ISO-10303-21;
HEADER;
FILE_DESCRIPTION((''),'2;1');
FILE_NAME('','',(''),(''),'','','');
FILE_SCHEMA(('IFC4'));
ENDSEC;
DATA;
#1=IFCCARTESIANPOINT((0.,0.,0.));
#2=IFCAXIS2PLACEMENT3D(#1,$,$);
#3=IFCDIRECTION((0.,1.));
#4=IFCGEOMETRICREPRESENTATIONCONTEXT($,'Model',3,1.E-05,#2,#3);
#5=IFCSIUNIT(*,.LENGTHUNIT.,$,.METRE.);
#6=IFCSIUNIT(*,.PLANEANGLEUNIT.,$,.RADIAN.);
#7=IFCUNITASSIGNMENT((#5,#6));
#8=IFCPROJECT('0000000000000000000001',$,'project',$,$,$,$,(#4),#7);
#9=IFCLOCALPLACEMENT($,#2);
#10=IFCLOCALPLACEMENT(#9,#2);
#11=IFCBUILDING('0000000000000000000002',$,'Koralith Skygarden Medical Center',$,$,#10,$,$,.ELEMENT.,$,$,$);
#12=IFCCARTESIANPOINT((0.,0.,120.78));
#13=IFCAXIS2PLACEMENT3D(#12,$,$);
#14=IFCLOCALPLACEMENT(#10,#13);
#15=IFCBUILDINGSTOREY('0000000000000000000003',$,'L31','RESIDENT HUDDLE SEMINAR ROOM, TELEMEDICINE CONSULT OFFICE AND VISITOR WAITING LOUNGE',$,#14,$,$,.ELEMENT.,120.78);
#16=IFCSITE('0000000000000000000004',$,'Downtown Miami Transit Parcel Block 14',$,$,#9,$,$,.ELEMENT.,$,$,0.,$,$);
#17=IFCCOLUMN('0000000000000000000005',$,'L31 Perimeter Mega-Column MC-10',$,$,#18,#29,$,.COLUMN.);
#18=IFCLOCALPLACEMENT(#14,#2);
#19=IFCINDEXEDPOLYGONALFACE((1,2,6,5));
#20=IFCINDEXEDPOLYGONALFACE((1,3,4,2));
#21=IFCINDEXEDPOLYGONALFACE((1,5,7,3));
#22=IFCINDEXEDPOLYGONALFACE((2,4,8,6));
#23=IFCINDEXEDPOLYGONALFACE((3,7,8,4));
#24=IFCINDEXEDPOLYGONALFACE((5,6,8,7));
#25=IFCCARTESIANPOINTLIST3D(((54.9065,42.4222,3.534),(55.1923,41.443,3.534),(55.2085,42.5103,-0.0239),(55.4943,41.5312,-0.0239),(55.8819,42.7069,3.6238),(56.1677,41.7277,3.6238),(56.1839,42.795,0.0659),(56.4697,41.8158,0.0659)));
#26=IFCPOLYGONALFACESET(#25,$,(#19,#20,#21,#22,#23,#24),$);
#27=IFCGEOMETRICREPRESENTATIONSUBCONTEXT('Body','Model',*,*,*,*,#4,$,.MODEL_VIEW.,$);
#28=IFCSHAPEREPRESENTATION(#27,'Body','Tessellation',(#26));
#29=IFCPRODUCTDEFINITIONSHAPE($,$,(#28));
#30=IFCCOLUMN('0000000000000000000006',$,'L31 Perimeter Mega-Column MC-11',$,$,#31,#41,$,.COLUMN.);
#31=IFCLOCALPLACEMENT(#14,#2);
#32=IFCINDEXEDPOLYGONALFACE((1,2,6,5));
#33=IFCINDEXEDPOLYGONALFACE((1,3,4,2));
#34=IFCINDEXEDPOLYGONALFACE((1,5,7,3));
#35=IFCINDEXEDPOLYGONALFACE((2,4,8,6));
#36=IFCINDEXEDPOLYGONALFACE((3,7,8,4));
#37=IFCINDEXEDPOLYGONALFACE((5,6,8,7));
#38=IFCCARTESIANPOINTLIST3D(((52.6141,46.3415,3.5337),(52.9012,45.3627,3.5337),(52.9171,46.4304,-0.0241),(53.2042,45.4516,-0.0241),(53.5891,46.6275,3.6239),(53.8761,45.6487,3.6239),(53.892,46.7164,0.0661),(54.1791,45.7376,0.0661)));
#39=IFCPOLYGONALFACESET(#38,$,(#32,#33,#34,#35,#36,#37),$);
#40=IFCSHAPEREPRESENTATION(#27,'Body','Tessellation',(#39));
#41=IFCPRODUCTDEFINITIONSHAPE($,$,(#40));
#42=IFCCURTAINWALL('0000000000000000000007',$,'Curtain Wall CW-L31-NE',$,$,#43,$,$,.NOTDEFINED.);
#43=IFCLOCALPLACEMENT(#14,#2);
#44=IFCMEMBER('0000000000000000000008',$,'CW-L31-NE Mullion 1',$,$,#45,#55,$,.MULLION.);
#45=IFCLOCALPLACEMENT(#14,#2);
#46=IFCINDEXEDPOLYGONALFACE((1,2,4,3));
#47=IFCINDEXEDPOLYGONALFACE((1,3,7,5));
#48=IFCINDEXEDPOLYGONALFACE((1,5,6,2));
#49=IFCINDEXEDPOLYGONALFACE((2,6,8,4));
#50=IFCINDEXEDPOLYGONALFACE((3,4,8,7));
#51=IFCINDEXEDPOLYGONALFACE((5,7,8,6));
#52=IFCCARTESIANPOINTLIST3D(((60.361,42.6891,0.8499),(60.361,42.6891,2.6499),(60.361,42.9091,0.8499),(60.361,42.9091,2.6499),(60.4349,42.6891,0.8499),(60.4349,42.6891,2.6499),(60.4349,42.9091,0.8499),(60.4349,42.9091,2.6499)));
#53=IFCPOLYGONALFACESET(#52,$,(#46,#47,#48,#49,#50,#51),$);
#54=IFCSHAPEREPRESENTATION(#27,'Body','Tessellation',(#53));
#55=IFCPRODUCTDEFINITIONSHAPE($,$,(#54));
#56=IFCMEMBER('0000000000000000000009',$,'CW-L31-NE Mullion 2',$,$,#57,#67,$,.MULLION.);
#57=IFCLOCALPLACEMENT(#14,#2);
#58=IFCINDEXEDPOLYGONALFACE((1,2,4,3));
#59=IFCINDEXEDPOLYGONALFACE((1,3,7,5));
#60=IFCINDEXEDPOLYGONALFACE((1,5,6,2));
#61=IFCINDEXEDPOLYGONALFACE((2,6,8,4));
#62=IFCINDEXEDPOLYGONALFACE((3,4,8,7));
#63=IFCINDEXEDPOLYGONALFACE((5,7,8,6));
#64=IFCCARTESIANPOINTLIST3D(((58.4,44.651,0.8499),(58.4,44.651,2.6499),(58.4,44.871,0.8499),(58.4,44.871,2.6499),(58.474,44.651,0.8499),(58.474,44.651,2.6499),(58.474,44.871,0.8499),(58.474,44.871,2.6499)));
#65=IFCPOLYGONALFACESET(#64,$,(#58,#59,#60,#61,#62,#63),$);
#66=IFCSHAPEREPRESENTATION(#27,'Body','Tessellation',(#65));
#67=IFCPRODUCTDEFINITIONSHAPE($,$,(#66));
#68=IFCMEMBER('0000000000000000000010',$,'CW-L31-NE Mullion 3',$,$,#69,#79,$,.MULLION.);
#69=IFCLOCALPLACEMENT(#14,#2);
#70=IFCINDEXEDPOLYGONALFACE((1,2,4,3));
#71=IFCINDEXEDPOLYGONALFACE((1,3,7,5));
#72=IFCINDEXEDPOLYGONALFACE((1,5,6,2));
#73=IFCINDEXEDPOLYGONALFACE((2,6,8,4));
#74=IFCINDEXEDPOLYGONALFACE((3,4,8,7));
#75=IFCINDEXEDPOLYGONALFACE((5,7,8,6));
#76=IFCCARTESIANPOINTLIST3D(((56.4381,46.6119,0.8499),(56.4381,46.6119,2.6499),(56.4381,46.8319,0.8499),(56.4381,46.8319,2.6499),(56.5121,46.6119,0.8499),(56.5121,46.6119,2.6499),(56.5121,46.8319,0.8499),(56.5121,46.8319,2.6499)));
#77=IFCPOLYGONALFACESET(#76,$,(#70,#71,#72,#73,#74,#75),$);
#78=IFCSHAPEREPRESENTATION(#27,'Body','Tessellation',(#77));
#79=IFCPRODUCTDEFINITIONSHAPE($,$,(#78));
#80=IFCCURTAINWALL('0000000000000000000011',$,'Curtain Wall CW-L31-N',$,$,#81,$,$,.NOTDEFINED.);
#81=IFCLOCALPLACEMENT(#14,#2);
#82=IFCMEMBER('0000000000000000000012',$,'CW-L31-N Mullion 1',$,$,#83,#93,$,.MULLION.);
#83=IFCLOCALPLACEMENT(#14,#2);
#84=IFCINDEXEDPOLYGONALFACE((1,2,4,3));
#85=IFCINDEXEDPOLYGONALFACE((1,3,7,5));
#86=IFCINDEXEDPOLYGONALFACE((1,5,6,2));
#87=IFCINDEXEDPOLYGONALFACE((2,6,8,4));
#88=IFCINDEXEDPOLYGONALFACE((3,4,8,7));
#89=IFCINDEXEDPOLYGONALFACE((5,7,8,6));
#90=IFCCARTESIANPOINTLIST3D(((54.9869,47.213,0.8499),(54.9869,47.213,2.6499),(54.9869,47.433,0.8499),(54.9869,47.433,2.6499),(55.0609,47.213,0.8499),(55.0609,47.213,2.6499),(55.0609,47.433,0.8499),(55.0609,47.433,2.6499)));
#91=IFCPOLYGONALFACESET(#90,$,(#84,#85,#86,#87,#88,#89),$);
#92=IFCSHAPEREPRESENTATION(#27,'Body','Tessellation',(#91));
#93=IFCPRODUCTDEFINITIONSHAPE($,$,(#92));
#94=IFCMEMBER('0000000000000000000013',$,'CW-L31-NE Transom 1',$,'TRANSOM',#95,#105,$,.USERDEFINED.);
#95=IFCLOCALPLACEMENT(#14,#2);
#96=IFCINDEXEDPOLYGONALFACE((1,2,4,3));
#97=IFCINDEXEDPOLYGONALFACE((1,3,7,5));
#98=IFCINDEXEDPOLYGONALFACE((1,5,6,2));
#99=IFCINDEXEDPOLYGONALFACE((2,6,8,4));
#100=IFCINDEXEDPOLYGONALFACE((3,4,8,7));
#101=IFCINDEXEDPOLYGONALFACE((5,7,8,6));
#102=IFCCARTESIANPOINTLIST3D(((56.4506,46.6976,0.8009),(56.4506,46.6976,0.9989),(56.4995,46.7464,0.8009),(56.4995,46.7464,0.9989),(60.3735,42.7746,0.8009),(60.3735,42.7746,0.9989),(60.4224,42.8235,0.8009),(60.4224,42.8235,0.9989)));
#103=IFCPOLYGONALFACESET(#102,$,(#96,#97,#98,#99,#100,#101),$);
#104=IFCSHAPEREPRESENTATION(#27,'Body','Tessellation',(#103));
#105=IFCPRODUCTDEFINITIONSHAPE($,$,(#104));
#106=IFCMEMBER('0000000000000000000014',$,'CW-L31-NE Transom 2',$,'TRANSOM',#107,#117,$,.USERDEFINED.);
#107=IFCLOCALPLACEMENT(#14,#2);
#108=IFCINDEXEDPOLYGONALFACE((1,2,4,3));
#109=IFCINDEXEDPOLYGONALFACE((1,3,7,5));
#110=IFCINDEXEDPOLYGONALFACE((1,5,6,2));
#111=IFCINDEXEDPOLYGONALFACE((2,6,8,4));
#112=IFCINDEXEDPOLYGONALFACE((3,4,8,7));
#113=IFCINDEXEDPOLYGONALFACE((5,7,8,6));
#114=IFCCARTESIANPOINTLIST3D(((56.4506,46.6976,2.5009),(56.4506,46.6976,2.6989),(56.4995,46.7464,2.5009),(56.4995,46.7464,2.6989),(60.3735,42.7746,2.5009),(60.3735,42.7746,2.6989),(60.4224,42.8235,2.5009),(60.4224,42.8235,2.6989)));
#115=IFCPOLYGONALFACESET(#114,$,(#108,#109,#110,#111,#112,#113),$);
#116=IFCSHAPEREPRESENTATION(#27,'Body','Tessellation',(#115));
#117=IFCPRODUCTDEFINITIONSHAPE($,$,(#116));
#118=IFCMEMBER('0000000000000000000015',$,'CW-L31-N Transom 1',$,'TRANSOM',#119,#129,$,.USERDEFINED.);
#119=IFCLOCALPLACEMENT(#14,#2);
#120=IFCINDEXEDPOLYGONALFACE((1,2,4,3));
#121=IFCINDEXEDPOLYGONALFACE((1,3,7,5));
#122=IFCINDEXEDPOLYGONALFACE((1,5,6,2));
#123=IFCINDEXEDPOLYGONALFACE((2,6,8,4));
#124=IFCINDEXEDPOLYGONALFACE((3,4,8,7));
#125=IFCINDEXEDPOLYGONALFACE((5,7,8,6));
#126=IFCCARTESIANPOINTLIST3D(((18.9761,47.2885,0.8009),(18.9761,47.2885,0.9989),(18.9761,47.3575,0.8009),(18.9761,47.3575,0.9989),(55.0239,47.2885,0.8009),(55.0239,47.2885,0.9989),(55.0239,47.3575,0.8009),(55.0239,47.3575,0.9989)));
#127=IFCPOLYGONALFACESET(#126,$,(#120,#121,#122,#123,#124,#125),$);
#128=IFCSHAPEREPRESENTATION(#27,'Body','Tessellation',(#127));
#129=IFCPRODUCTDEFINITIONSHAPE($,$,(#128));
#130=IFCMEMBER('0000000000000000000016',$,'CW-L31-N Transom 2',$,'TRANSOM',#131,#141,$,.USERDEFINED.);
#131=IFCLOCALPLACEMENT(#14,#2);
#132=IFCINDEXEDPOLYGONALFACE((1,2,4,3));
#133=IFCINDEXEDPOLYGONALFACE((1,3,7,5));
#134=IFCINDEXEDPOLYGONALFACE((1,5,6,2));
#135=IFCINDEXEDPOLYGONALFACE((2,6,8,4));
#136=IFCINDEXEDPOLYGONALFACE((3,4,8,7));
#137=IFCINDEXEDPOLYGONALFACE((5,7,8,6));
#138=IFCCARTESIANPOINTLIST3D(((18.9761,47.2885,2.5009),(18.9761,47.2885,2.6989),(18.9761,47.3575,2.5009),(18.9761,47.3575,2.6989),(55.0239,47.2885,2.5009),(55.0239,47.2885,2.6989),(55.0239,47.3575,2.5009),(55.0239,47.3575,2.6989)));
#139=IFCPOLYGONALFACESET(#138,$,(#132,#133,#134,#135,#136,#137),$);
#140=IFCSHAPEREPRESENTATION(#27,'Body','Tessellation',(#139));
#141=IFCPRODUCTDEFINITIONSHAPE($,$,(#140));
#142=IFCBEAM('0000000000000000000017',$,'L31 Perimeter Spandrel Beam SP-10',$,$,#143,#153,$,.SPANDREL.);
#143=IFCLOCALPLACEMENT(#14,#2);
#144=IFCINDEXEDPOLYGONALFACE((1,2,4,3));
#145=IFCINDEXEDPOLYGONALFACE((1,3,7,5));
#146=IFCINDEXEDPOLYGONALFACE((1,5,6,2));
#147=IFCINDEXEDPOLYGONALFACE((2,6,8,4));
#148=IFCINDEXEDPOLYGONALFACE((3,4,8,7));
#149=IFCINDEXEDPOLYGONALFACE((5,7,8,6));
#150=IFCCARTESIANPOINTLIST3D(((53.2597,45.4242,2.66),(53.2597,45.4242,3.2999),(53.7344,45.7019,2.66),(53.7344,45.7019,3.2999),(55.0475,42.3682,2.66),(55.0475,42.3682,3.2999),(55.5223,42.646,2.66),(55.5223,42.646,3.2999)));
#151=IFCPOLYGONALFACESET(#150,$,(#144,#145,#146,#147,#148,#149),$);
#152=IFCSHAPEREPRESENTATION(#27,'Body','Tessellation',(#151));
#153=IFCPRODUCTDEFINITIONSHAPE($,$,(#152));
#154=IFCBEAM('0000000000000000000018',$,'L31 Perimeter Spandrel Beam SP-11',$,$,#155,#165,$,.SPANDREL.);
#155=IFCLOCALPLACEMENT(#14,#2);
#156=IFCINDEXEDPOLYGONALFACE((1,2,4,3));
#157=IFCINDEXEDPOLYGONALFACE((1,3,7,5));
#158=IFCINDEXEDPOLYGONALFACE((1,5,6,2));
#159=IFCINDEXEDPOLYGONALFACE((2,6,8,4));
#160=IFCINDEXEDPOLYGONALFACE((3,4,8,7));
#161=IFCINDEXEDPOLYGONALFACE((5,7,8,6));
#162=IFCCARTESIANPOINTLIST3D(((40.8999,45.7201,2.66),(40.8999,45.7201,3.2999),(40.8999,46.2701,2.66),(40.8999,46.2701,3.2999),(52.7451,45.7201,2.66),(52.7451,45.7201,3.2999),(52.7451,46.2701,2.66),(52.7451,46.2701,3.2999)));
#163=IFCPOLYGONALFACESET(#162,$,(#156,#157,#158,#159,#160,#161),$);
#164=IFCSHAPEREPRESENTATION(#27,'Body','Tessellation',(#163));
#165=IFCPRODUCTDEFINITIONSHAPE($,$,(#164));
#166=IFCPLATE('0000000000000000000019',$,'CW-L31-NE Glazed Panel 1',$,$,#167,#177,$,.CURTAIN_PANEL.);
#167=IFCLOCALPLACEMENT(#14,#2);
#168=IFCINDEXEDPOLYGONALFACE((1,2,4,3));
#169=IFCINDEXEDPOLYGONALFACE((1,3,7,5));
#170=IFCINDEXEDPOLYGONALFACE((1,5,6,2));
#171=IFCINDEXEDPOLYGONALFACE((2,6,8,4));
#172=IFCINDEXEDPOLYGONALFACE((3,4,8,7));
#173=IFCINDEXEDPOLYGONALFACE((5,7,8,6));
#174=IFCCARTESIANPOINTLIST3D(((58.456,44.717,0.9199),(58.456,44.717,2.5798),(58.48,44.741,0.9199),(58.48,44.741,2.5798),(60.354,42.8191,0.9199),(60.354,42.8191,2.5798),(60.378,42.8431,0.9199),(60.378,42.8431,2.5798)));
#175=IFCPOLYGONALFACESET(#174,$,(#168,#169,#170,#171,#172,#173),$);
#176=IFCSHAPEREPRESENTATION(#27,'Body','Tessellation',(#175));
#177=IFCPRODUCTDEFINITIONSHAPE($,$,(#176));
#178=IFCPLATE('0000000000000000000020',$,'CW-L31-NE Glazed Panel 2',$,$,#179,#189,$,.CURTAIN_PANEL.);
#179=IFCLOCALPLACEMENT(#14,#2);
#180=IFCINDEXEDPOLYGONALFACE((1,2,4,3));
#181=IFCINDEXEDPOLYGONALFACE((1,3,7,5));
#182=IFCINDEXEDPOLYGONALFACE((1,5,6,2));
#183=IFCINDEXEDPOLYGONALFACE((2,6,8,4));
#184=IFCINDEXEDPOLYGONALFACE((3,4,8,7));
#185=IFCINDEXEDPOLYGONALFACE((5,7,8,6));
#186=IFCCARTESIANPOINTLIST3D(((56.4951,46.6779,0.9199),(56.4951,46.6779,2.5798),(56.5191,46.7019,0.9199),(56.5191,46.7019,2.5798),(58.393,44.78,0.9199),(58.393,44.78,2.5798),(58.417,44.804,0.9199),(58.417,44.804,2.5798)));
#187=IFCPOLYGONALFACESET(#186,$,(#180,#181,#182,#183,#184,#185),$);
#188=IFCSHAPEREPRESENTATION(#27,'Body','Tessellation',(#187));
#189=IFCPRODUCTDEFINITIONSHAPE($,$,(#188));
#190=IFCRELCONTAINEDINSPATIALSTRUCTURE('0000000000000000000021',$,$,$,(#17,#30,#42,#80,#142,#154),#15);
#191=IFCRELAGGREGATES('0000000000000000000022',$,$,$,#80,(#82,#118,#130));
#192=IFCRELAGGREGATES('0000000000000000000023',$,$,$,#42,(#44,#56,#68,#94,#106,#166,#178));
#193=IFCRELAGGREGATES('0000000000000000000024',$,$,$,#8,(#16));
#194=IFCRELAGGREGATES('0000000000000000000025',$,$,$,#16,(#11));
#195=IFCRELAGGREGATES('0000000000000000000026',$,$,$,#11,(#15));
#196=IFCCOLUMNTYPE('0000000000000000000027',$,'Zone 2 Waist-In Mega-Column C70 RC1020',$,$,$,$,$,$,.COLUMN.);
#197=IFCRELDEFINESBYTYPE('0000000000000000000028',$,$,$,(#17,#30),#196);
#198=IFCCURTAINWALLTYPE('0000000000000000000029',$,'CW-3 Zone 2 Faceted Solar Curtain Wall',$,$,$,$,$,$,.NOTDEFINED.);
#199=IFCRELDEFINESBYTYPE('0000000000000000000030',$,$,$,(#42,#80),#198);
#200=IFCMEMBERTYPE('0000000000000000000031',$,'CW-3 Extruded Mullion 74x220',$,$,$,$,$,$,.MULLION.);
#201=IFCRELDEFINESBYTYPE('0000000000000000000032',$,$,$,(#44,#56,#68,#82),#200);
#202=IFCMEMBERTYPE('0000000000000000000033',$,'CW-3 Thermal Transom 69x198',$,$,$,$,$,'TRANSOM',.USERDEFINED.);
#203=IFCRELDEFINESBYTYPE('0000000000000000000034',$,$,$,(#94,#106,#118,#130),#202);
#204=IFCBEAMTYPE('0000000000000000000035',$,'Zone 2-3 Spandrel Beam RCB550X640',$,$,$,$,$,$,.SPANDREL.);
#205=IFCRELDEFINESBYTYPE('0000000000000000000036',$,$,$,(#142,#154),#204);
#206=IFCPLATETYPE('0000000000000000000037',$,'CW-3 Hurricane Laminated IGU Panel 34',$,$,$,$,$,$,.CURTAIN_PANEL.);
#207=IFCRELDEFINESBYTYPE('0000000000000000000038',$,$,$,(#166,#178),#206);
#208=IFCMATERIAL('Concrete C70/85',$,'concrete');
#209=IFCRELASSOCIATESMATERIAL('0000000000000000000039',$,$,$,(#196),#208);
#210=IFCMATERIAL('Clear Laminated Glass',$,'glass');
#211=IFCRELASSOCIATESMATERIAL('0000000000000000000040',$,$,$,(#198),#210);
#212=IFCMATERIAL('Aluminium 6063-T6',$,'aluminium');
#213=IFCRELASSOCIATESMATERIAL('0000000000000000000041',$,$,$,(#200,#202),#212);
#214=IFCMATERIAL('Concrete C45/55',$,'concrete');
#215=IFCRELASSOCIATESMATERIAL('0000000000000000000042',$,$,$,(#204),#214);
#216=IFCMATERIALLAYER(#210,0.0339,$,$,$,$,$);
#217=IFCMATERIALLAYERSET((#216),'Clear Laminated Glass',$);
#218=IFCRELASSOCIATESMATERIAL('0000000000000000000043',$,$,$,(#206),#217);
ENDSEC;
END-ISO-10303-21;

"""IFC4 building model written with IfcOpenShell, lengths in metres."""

from ifc_helpers import new_model, si_unit, direction, frame, origin, origin_2d, place, context, subcontext, project, spatial, rectangle, extrude, material, layer, layer_set, material_profile, profile_set, type_object, element, aggregate, save


model = new_model("IFC4")

# Units and contexts
model_context = context("Model", 3, precision=1e-05, world=origin(), true_north=direction((0.0, 1.0)))
body_context = subcontext(model_context, "Body", "Model", "MODEL_VIEW")
ifc_project = project(units=[si_unit("LENGTHUNIT", "METRE"), si_unit("PLANEANGLEUNIT", "RADIAN")], contexts=[model_context])

# Site, building, storey
site_placement = place(None, origin())
site = spatial("IfcSite", under=ifc_project, at=site_placement, Name="Downtown Miami Transit Parcel Block 14", CompositionType="ELEMENT", RefElevation=0.0)
building_placement = place(site_placement, origin())
building = spatial("IfcBuilding", under=site, at=building_placement, Name="Koralith Skygarden Medical Center", CompositionType="ELEMENT")
storey_placement = place(building_placement, frame((0.0, 0.0, 120.78)))
storey = spatial("IfcBuildingStorey", under=building, at=storey_placement, Name="L31", Description="RESIDENT HUDDLE SEMINAR ROOM, TELEMEDICINE CONSULT OFFICE AND VISITOR WAITING LOUNGE", CompositionType="ELEMENT", Elevation=120.78)

# Columns
ifc_material_1 = material(Name="Concrete C70/85", Category="concrete")
ifc_material_profile_1 = material_profile(ifc_material_1, rectangle(XDim=1.02, YDim=1.02, at=origin_2d()), Name="RC1020X1020")
ifc_profile_set_1 = profile_set([ifc_material_profile_1], Name="Concrete C70/85")
column_type = type_object("IfcColumnType", Name="Zone 2 Waist-In Mega-Column C70 RC1020", PredefinedType="COLUMN", material=ifc_profile_set_1)
for number, where, z_axis, x_axis, name in (
    (1, (55.8391, 42.1631, 0.021), (-0.084553, -0.024676, 0.996113), (0.280149, -0.959957, 0.0), "L31 Perimeter Mega-Column MC-10"),
    (2, (53.5481, 46.084, 0.021), (-0.084824, -0.02488, 0.996085), (0.281455, -0.959575, 0.0), "L31 Perimeter Mega-Column MC-11"),
):
    element("IfcColumn", number, at=place(storey_placement, frame(where, z_axis=z_axis, x_axis=x_axis)), inside=storey, type_object=column_type, Name=name, PredefinedType="COLUMN", context=body_context, shape_type="SweptSolid", body=[
        extrude(rectangle(XDim=1.02, YDim=1.02, at=origin_2d()), origin(), (0.0, 0.0, 1.0), 3.5718),
    ])

# Curtain wall, members
ifc_material_2 = material(Name="Clear Laminated Glass", Category="glass")
curtain_wall_type = type_object("IfcCurtainWallType", Name="CW-3 Zone 2 Faceted Solar Curtain Wall", PredefinedType="NOTDEFINED", material=ifc_material_2)
curtain_wall_1_placement = place(storey_placement, origin())
curtain_wall_1 = element("IfcCurtainWall", 3, at=curtain_wall_1_placement, inside=storey, type_object=curtain_wall_type, Name="Curtain Wall CW-L31-NE", PredefinedType="NOTDEFINED")
ifc_material_3 = material(Name="Aluminium 6063-T6", Category="aluminium")
ifc_material_profile_2 = material_profile(ifc_material_3, rectangle(XDim=0.074, YDim=0.22, at=origin_2d()), Name="MUL74X220")
ifc_profile_set_2 = profile_set([ifc_material_profile_2], Name="Aluminium 6063-T6")
member_type_1 = type_object("IfcMemberType", Name="CW-3 Extruded Mullion 74x220", PredefinedType="MULLION", material=ifc_profile_set_2)
member_1_placement = place(storey_placement, frame((60.3979, 42.7991, 0.8499), z_axis=(0.0, 0.0, 1.0), x_axis=(1.0, 0.0, 0.0)))
member_1 = element("IfcMember", 4, at=member_1_placement, type_object=member_type_1, Name="CW-L31-NE Mullion 1", PredefinedType="MULLION", context=body_context, shape_type="SweptSolid", body=[
    extrude(rectangle(XDim=0.074, YDim=0.22, at=origin_2d()), origin(), (0.0, 0.0, 1.0), 1.8),
])
member_2_placement = place(storey_placement, frame((58.437, 44.761, 0.8499), z_axis=(0.0, 0.0, 1.0), x_axis=(1.0, 0.0, 0.0)))
member_2 = element("IfcMember", 5, at=member_2_placement, type_object=member_type_1, Name="CW-L31-NE Mullion 2", PredefinedType="MULLION", context=body_context, shape_type="SweptSolid", body=[
    extrude(rectangle(XDim=0.074, YDim=0.22, at=origin_2d()), origin(), (0.0, 0.0, 1.0), 1.8),
])
member_3_placement = place(storey_placement, frame((56.4751, 46.7219, 0.8499), z_axis=(0.0, 0.0, 1.0), x_axis=(1.0, 0.0, 0.0)))
member_3 = element("IfcMember", 6, at=member_3_placement, type_object=member_type_1, Name="CW-L31-NE Mullion 3", PredefinedType="MULLION", context=body_context, shape_type="SweptSolid", body=[
    extrude(rectangle(XDim=0.074, YDim=0.22, at=origin_2d()), origin(), (0.0, 0.0, 1.0), 1.8),
])

# Curtain wall, member
curtain_wall_2_placement = place(storey_placement, origin())
curtain_wall_2 = element("IfcCurtainWall", 7, at=curtain_wall_2_placement, inside=storey, type_object=curtain_wall_type, Name="Curtain Wall CW-L31-N", PredefinedType="NOTDEFINED")
member_4_placement = place(storey_placement, frame((55.0239, 47.323, 0.8499), z_axis=(0.0, 0.0, 1.0), x_axis=(1.0, 0.0, 0.0)))
member_4 = element("IfcMember", 8, at=member_4_placement, type_object=member_type_1, Name="CW-L31-N Mullion 1", PredefinedType="MULLION", context=body_context, shape_type="SweptSolid", body=[
    extrude(rectangle(XDim=0.074, YDim=0.22, at=origin_2d()), origin(), (0.0, 0.0, 1.0), 1.8),
])

# Members
ifc_material_profile_3 = material_profile(ifc_material_3, rectangle(XDim=0.0691, YDim=0.198, at=origin_2d()), Name="TRN69X198")
ifc_profile_set_3 = profile_set([ifc_material_profile_3], Name="Aluminium 6063-T6")
member_type_2 = type_object("IfcMemberType", Name="CW-3 Thermal Transom 69x198", ElementType="TRANSOM", PredefinedType="USERDEFINED", material=ifc_profile_set_3)
member_5_placement = place(storey_placement, frame((60.3979, 42.7991, 0.8999), z_axis=(-0.707107, 0.707107, 0.0), x_axis=(-0.707107, -0.707107, 0.0)))
member_5 = element("IfcMember", 9, at=member_5_placement, type_object=member_type_2, Name="CW-L31-NE Transom 1", ObjectType="TRANSOM", PredefinedType="USERDEFINED", context=body_context, shape_type="SweptSolid", body=[
    extrude(rectangle(XDim=0.0691, YDim=0.198, at=origin_2d()), origin(), (0.0, 0.0, 1.0), 5.5479),
])
member_6_placement = place(storey_placement, frame((60.3979, 42.7991, 2.5999), z_axis=(-0.707107, 0.707107, 0.0), x_axis=(-0.707107, -0.707107, 0.0)))
member_6 = element("IfcMember", 10, at=member_6_placement, type_object=member_type_2, Name="CW-L31-NE Transom 2", ObjectType="TRANSOM", PredefinedType="USERDEFINED", context=body_context, shape_type="SweptSolid", body=[
    extrude(rectangle(XDim=0.0691, YDim=0.198, at=origin_2d()), origin(), (0.0, 0.0, 1.0), 5.5479),
])
member_7_placement = place(storey_placement, frame((55.0239, 47.323, 0.8999), z_axis=(-1.0, 0.0, 0.0), x_axis=(0.0, -1.0, 0.0)))
member_7 = element("IfcMember", 11, at=member_7_placement, type_object=member_type_2, Name="CW-L31-N Transom 1", ObjectType="TRANSOM", PredefinedType="USERDEFINED", context=body_context, shape_type="SweptSolid", body=[
    extrude(rectangle(XDim=0.0691, YDim=0.198, at=origin_2d()), origin(), (0.0, 0.0, 1.0), 36.0479),
])
member_8_placement = place(storey_placement, frame((55.0239, 47.323, 2.5999), z_axis=(-1.0, 0.0, 0.0), x_axis=(0.0, -1.0, 0.0)))
member_8 = element("IfcMember", 12, at=member_8_placement, type_object=member_type_2, Name="CW-L31-N Transom 2", ObjectType="TRANSOM", PredefinedType="USERDEFINED", context=body_context, shape_type="SweptSolid", body=[
    extrude(rectangle(XDim=0.0691, YDim=0.198, at=origin_2d()), origin(), (0.0, 0.0, 1.0), 36.0479),
])
aggregate(curtain_wall_2, [member_4, member_7, member_8])

# Beams
ifc_material_4 = material(Name="Concrete C45/55", Category="concrete")
ifc_material_profile_4 = material_profile(ifc_material_4, rectangle(XDim=0.55, YDim=0.6399, at=origin_2d()), Name="RCB550X640")
ifc_profile_set_4 = profile_set([ifc_material_profile_4], Name="Concrete C45/55")
beam_type = type_object("IfcBeamType", Name="Zone 2-3 Spandrel Beam RCB550X640", PredefinedType="SPANDREL", material=ifc_profile_set_4)
beam_1_placement = place(storey_placement, frame((55.2849, 42.5071, 2.98), z_axis=(-0.504972, 0.863135, 0.0), x_axis=(-0.863135, -0.504972, 0.0)))
element("IfcBeam", 13, at=beam_1_placement, inside=storey, type_object=beam_type, Name="L31 Perimeter Spandrel Beam SP-10", PredefinedType="SPANDREL", context=body_context, shape_type="SweptSolid", body=[
    extrude(rectangle(XDim=0.55, YDim=0.6399, at=origin_2d()), origin(), (0.0, 0.0, 1.0), 3.5405),
])
beam_2_placement = place(storey_placement, frame((52.7451, 45.9951, 2.98), z_axis=(-1.0, 0.0, 0.0), x_axis=(0.0, -1.0, 0.0)))
element("IfcBeam", 14, at=beam_2_placement, inside=storey, type_object=beam_type, Name="L31 Perimeter Spandrel Beam SP-11", PredefinedType="SPANDREL", context=body_context, shape_type="SweptSolid", body=[
    extrude(rectangle(XDim=0.55, YDim=0.6399, at=origin_2d()), origin(), (0.0, 0.0, 1.0), 11.8452),
])

# Plates
ifc_layer_1 = layer(ifc_material_2, 0.0339)
ifc_layer_set_1 = layer_set([ifc_layer_1], Name="Clear Laminated Glass")
plate_type_1 = type_object("IfcPlateType", Name="CW-3 Hurricane Laminated IGU Panel 34", PredefinedType="CURTAIN_PANEL", material=ifc_layer_set_1)
plate_1_placement = place(storey_placement, frame((59.417, 43.78, 0.9199), z_axis=(0.0, 0.0, 1.0), x_axis=(-0.707107, 0.707107, 0.0)))
plate_1 = element("IfcPlate", 15, at=plate_1_placement, type_object=plate_type_1, Name="CW-L31-NE Glazed Panel 1", PredefinedType="CURTAIN_PANEL", context=body_context, shape_type="SweptSolid", body=[
    extrude(rectangle(XDim=2.6841, YDim=0.0339, at=origin_2d()), origin(), (0.0, 0.0, 1.0), 1.6599),
])
plate_2_placement = place(storey_placement, frame((57.4561, 45.741, 0.9199), z_axis=(0.0, 0.0, 1.0), x_axis=(-0.707107, 0.707107, 0.0)))
plate_2 = element("IfcPlate", 16, at=plate_2_placement, type_object=plate_type_1, Name="CW-L31-NE Glazed Panel 2", PredefinedType="CURTAIN_PANEL", context=body_context, shape_type="SweptSolid", body=[
    extrude(rectangle(XDim=2.6841, YDim=0.0339, at=origin_2d()), origin(), (0.0, 0.0, 1.0), 1.6599),
])
aggregate(curtain_wall_1, [member_1, member_2, member_3, member_5, member_6, plate_1, plate_2])

save(model, "model.ifc")
